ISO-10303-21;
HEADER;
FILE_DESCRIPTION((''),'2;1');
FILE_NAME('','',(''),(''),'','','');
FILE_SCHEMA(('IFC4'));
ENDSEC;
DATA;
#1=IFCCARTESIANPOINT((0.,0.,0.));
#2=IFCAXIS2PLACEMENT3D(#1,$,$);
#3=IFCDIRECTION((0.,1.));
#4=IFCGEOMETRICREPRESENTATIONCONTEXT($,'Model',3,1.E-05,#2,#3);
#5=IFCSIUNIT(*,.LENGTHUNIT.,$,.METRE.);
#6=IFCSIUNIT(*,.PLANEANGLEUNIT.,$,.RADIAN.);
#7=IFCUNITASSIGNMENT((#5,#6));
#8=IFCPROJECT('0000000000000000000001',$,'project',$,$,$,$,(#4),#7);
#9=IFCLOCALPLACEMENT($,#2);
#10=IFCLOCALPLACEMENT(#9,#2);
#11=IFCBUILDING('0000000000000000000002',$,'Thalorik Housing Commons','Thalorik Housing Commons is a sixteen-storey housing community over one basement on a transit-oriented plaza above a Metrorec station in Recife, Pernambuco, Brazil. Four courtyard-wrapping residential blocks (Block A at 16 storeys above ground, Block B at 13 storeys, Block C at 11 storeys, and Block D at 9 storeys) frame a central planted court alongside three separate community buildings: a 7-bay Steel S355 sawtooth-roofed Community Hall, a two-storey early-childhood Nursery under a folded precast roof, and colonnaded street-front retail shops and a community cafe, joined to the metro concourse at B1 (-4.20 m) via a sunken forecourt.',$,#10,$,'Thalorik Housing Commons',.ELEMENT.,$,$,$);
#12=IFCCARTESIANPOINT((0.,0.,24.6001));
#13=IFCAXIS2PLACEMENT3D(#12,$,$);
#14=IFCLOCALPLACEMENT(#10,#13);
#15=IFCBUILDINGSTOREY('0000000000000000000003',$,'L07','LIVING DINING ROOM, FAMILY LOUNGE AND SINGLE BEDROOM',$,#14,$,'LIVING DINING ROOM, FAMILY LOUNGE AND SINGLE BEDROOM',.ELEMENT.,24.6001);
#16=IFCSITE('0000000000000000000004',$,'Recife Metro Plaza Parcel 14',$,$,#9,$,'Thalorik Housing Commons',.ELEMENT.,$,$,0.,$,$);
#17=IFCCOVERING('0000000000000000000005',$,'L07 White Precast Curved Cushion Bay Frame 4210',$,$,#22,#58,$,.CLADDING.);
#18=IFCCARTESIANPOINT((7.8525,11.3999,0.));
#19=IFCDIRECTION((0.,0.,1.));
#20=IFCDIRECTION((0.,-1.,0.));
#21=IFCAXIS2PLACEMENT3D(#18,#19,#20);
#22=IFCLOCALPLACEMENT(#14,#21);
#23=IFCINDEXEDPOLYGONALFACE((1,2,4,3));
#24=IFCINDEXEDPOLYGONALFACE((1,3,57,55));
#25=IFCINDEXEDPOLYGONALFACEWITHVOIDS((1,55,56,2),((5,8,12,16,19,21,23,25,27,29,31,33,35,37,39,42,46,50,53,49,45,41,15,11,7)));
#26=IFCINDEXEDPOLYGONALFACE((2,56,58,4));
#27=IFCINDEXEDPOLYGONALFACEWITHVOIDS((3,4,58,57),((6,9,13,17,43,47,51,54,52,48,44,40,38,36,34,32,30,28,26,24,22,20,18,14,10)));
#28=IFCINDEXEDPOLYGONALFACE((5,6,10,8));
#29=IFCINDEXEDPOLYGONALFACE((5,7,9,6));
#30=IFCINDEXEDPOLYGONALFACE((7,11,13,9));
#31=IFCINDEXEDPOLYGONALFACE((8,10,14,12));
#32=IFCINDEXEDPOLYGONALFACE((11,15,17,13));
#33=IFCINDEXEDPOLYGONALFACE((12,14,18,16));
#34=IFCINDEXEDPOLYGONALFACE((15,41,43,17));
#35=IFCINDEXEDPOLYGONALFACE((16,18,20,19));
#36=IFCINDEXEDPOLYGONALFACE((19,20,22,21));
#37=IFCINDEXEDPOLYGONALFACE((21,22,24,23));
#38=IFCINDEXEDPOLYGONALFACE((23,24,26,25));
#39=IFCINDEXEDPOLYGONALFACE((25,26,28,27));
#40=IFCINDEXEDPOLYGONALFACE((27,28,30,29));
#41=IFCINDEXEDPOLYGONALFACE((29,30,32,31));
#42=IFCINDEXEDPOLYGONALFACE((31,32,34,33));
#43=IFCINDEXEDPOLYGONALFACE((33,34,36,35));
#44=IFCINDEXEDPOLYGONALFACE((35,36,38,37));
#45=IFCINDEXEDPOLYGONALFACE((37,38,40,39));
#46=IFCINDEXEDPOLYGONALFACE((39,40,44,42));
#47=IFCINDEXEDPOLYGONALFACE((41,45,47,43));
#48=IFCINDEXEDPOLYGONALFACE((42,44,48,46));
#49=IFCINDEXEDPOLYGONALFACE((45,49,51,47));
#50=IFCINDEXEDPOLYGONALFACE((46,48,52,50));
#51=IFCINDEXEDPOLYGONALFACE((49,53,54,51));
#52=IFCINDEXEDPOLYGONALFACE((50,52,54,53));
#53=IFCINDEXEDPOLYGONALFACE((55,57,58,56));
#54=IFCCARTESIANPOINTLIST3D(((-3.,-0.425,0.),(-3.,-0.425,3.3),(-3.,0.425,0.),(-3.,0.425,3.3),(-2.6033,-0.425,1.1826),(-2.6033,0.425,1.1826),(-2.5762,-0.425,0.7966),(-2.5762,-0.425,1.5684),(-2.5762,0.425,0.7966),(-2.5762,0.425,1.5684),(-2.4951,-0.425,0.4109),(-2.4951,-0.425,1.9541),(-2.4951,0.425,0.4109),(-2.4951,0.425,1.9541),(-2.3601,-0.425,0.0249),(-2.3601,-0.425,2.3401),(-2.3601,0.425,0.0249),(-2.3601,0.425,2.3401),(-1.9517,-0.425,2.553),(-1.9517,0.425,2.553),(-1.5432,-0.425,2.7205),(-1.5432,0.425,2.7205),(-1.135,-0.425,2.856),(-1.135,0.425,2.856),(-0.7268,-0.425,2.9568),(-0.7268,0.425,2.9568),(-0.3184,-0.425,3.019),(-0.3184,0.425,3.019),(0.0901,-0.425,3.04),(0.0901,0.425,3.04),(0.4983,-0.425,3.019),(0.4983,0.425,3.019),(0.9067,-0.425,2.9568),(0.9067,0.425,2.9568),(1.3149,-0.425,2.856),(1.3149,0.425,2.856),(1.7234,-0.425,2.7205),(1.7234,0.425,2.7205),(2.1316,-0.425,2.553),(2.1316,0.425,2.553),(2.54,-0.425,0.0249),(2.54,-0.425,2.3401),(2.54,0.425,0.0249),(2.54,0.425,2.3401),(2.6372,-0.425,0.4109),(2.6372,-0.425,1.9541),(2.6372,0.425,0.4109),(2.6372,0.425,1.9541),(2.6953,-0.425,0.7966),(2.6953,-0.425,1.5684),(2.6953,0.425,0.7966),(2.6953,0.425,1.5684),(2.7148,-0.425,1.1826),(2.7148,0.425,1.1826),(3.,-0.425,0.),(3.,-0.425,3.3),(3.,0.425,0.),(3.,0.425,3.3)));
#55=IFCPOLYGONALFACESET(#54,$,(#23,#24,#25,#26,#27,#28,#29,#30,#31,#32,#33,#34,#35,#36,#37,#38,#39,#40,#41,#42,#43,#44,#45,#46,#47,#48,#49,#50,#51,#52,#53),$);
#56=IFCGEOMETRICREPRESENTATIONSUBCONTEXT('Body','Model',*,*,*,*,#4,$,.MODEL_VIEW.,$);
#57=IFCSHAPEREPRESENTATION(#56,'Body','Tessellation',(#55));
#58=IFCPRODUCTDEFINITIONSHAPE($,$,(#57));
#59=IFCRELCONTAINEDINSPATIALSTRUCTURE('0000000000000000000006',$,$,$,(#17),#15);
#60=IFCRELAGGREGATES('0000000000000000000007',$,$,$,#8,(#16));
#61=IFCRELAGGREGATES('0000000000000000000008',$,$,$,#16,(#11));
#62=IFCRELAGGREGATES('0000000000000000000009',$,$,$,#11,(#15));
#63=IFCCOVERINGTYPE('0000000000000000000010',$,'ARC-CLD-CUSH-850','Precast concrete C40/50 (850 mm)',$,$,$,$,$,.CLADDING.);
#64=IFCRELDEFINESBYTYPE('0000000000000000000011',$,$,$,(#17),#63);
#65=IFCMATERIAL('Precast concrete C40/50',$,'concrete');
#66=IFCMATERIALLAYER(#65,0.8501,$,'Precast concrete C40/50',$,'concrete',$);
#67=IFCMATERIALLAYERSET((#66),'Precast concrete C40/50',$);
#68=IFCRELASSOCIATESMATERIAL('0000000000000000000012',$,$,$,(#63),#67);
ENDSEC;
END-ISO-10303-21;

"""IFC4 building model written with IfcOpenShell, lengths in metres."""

from ifc_helpers import new_model, si_unit, direction, frame, origin, place, context, subcontext, project, spatial, polyline, outline, extrude, material, layer, layer_set, type_object, element, save


model = new_model("IFC4")

# Units and contexts
model_context = context("Model", 3, precision=1e-05, world=origin(), true_north=direction((0.0, 1.0)))
body_context = subcontext(model_context, "Body", "Model", "MODEL_VIEW")
ifc_project = project(units=[si_unit("LENGTHUNIT", "METRE"), si_unit("PLANEANGLEUNIT", "RADIAN")], contexts=[model_context])

# Site, building, storey
site_placement = place(None, origin())
site = spatial("IfcSite", under=ifc_project, at=site_placement, Name="Recife Metro Plaza Parcel 14", LongName="Thalorik Housing Commons", CompositionType="ELEMENT", RefElevation=0.0)
building_placement = place(site_placement, origin())
building = spatial("IfcBuilding", under=site, at=building_placement, Name="Thalorik Housing Commons", Description="Thalorik Housing Commons is a sixteen-storey housing community over one basement on a transit-oriented plaza above a Metrorec station in Recife, Pernambuco, Brazil. Four courtyard-wrapping residential blocks (Block A at 16 storeys above ground, Block B at 13 storeys, Block C at 11 storeys, and Block D at 9 storeys) frame a central planted court alongside three separate community buildings: a 7-bay Steel S355 sawtooth-roofed Community Hall, a two-storey early-childhood Nursery under a folded precast roof, and colonnaded street-front retail shops and a community cafe, joined to the metro concourse at B1 (-4.20 m) via a sunken forecourt.", LongName="Thalorik Housing Commons", CompositionType="ELEMENT")
storey_placement = place(building_placement, frame((0.0, 0.0, 24.6001)))
storey = spatial("IfcBuildingStorey", under=building, at=storey_placement, Name="L07", Description="LIVING DINING ROOM, FAMILY LOUNGE AND SINGLE BEDROOM", LongName="LIVING DINING ROOM, FAMILY LOUNGE AND SINGLE BEDROOM", CompositionType="ELEMENT", Elevation=24.6001)

# Shared definitions
ifc_material_1 = material(Name="Precast concrete C40/50", Category="concrete")

# Covering
ifc_layer_1 = layer(ifc_material_1, 0.8501, Name="Precast concrete C40/50", Category="concrete")
ifc_layer_set_1 = layer_set([ifc_layer_1], Name="Precast concrete C40/50")
covering_type_1 = type_object("IfcCoveringType", Name="ARC-CLD-CUSH-850", Description="Precast concrete C40/50 (850 mm)", PredefinedType="CLADDING", material=ifc_layer_set_1)
covering_1_placement = place(storey_placement, frame((7.8525, 11.3999, 0.0), z_axis=(0.0, 0.0, 1.0), x_axis=(0.0, -1.0, 0.0)))
element("IfcCovering", 1, at=covering_1_placement, inside=storey, type_object=covering_type_1, Name="L07 White Precast Curved Cushion Bay Frame 4210", PredefinedType="CLADDING", context=body_context, shape_type="SweptSolid", body=[
    extrude(outline(polyline([(-3.0, 0.0), (3.0, 0.0), (3.0, 3.3), (-3.0, 3.3), (-3.0, 0.0)]), holes=[polyline([(2.54, 0.0249), (2.6372, 0.4109), (2.6953, 0.7966), (2.7148, 1.1826), (2.6953, 1.5684), (2.6372, 1.9541), (2.54, 2.3401), (2.1316, 2.553), (1.7234, 2.7205), (1.3149, 2.856), (0.9067, 2.9568), (0.4983, 3.019), (0.0901, 3.04), (-0.3184, 3.019), (-0.7268, 2.9568), (-1.135, 2.856), (-1.5432, 2.7205), (-1.9517, 2.553), (-2.3601, 2.3401), (-2.4951, 1.9541), (-2.5762, 1.5684), (-2.6033, 1.1826), (-2.5762, 0.7966), (-2.4951, 0.4109), (-2.3601, 0.0249), (2.54, 0.0249)])]), frame((0.0, 0.425, 0.0), z_axis=(0.0, -1.0, 0.0), x_axis=(1.0, 0.0, 0.0)), (0.0, 0.0, 1.0), 0.8501),
])

save(model, "model.ifc")
